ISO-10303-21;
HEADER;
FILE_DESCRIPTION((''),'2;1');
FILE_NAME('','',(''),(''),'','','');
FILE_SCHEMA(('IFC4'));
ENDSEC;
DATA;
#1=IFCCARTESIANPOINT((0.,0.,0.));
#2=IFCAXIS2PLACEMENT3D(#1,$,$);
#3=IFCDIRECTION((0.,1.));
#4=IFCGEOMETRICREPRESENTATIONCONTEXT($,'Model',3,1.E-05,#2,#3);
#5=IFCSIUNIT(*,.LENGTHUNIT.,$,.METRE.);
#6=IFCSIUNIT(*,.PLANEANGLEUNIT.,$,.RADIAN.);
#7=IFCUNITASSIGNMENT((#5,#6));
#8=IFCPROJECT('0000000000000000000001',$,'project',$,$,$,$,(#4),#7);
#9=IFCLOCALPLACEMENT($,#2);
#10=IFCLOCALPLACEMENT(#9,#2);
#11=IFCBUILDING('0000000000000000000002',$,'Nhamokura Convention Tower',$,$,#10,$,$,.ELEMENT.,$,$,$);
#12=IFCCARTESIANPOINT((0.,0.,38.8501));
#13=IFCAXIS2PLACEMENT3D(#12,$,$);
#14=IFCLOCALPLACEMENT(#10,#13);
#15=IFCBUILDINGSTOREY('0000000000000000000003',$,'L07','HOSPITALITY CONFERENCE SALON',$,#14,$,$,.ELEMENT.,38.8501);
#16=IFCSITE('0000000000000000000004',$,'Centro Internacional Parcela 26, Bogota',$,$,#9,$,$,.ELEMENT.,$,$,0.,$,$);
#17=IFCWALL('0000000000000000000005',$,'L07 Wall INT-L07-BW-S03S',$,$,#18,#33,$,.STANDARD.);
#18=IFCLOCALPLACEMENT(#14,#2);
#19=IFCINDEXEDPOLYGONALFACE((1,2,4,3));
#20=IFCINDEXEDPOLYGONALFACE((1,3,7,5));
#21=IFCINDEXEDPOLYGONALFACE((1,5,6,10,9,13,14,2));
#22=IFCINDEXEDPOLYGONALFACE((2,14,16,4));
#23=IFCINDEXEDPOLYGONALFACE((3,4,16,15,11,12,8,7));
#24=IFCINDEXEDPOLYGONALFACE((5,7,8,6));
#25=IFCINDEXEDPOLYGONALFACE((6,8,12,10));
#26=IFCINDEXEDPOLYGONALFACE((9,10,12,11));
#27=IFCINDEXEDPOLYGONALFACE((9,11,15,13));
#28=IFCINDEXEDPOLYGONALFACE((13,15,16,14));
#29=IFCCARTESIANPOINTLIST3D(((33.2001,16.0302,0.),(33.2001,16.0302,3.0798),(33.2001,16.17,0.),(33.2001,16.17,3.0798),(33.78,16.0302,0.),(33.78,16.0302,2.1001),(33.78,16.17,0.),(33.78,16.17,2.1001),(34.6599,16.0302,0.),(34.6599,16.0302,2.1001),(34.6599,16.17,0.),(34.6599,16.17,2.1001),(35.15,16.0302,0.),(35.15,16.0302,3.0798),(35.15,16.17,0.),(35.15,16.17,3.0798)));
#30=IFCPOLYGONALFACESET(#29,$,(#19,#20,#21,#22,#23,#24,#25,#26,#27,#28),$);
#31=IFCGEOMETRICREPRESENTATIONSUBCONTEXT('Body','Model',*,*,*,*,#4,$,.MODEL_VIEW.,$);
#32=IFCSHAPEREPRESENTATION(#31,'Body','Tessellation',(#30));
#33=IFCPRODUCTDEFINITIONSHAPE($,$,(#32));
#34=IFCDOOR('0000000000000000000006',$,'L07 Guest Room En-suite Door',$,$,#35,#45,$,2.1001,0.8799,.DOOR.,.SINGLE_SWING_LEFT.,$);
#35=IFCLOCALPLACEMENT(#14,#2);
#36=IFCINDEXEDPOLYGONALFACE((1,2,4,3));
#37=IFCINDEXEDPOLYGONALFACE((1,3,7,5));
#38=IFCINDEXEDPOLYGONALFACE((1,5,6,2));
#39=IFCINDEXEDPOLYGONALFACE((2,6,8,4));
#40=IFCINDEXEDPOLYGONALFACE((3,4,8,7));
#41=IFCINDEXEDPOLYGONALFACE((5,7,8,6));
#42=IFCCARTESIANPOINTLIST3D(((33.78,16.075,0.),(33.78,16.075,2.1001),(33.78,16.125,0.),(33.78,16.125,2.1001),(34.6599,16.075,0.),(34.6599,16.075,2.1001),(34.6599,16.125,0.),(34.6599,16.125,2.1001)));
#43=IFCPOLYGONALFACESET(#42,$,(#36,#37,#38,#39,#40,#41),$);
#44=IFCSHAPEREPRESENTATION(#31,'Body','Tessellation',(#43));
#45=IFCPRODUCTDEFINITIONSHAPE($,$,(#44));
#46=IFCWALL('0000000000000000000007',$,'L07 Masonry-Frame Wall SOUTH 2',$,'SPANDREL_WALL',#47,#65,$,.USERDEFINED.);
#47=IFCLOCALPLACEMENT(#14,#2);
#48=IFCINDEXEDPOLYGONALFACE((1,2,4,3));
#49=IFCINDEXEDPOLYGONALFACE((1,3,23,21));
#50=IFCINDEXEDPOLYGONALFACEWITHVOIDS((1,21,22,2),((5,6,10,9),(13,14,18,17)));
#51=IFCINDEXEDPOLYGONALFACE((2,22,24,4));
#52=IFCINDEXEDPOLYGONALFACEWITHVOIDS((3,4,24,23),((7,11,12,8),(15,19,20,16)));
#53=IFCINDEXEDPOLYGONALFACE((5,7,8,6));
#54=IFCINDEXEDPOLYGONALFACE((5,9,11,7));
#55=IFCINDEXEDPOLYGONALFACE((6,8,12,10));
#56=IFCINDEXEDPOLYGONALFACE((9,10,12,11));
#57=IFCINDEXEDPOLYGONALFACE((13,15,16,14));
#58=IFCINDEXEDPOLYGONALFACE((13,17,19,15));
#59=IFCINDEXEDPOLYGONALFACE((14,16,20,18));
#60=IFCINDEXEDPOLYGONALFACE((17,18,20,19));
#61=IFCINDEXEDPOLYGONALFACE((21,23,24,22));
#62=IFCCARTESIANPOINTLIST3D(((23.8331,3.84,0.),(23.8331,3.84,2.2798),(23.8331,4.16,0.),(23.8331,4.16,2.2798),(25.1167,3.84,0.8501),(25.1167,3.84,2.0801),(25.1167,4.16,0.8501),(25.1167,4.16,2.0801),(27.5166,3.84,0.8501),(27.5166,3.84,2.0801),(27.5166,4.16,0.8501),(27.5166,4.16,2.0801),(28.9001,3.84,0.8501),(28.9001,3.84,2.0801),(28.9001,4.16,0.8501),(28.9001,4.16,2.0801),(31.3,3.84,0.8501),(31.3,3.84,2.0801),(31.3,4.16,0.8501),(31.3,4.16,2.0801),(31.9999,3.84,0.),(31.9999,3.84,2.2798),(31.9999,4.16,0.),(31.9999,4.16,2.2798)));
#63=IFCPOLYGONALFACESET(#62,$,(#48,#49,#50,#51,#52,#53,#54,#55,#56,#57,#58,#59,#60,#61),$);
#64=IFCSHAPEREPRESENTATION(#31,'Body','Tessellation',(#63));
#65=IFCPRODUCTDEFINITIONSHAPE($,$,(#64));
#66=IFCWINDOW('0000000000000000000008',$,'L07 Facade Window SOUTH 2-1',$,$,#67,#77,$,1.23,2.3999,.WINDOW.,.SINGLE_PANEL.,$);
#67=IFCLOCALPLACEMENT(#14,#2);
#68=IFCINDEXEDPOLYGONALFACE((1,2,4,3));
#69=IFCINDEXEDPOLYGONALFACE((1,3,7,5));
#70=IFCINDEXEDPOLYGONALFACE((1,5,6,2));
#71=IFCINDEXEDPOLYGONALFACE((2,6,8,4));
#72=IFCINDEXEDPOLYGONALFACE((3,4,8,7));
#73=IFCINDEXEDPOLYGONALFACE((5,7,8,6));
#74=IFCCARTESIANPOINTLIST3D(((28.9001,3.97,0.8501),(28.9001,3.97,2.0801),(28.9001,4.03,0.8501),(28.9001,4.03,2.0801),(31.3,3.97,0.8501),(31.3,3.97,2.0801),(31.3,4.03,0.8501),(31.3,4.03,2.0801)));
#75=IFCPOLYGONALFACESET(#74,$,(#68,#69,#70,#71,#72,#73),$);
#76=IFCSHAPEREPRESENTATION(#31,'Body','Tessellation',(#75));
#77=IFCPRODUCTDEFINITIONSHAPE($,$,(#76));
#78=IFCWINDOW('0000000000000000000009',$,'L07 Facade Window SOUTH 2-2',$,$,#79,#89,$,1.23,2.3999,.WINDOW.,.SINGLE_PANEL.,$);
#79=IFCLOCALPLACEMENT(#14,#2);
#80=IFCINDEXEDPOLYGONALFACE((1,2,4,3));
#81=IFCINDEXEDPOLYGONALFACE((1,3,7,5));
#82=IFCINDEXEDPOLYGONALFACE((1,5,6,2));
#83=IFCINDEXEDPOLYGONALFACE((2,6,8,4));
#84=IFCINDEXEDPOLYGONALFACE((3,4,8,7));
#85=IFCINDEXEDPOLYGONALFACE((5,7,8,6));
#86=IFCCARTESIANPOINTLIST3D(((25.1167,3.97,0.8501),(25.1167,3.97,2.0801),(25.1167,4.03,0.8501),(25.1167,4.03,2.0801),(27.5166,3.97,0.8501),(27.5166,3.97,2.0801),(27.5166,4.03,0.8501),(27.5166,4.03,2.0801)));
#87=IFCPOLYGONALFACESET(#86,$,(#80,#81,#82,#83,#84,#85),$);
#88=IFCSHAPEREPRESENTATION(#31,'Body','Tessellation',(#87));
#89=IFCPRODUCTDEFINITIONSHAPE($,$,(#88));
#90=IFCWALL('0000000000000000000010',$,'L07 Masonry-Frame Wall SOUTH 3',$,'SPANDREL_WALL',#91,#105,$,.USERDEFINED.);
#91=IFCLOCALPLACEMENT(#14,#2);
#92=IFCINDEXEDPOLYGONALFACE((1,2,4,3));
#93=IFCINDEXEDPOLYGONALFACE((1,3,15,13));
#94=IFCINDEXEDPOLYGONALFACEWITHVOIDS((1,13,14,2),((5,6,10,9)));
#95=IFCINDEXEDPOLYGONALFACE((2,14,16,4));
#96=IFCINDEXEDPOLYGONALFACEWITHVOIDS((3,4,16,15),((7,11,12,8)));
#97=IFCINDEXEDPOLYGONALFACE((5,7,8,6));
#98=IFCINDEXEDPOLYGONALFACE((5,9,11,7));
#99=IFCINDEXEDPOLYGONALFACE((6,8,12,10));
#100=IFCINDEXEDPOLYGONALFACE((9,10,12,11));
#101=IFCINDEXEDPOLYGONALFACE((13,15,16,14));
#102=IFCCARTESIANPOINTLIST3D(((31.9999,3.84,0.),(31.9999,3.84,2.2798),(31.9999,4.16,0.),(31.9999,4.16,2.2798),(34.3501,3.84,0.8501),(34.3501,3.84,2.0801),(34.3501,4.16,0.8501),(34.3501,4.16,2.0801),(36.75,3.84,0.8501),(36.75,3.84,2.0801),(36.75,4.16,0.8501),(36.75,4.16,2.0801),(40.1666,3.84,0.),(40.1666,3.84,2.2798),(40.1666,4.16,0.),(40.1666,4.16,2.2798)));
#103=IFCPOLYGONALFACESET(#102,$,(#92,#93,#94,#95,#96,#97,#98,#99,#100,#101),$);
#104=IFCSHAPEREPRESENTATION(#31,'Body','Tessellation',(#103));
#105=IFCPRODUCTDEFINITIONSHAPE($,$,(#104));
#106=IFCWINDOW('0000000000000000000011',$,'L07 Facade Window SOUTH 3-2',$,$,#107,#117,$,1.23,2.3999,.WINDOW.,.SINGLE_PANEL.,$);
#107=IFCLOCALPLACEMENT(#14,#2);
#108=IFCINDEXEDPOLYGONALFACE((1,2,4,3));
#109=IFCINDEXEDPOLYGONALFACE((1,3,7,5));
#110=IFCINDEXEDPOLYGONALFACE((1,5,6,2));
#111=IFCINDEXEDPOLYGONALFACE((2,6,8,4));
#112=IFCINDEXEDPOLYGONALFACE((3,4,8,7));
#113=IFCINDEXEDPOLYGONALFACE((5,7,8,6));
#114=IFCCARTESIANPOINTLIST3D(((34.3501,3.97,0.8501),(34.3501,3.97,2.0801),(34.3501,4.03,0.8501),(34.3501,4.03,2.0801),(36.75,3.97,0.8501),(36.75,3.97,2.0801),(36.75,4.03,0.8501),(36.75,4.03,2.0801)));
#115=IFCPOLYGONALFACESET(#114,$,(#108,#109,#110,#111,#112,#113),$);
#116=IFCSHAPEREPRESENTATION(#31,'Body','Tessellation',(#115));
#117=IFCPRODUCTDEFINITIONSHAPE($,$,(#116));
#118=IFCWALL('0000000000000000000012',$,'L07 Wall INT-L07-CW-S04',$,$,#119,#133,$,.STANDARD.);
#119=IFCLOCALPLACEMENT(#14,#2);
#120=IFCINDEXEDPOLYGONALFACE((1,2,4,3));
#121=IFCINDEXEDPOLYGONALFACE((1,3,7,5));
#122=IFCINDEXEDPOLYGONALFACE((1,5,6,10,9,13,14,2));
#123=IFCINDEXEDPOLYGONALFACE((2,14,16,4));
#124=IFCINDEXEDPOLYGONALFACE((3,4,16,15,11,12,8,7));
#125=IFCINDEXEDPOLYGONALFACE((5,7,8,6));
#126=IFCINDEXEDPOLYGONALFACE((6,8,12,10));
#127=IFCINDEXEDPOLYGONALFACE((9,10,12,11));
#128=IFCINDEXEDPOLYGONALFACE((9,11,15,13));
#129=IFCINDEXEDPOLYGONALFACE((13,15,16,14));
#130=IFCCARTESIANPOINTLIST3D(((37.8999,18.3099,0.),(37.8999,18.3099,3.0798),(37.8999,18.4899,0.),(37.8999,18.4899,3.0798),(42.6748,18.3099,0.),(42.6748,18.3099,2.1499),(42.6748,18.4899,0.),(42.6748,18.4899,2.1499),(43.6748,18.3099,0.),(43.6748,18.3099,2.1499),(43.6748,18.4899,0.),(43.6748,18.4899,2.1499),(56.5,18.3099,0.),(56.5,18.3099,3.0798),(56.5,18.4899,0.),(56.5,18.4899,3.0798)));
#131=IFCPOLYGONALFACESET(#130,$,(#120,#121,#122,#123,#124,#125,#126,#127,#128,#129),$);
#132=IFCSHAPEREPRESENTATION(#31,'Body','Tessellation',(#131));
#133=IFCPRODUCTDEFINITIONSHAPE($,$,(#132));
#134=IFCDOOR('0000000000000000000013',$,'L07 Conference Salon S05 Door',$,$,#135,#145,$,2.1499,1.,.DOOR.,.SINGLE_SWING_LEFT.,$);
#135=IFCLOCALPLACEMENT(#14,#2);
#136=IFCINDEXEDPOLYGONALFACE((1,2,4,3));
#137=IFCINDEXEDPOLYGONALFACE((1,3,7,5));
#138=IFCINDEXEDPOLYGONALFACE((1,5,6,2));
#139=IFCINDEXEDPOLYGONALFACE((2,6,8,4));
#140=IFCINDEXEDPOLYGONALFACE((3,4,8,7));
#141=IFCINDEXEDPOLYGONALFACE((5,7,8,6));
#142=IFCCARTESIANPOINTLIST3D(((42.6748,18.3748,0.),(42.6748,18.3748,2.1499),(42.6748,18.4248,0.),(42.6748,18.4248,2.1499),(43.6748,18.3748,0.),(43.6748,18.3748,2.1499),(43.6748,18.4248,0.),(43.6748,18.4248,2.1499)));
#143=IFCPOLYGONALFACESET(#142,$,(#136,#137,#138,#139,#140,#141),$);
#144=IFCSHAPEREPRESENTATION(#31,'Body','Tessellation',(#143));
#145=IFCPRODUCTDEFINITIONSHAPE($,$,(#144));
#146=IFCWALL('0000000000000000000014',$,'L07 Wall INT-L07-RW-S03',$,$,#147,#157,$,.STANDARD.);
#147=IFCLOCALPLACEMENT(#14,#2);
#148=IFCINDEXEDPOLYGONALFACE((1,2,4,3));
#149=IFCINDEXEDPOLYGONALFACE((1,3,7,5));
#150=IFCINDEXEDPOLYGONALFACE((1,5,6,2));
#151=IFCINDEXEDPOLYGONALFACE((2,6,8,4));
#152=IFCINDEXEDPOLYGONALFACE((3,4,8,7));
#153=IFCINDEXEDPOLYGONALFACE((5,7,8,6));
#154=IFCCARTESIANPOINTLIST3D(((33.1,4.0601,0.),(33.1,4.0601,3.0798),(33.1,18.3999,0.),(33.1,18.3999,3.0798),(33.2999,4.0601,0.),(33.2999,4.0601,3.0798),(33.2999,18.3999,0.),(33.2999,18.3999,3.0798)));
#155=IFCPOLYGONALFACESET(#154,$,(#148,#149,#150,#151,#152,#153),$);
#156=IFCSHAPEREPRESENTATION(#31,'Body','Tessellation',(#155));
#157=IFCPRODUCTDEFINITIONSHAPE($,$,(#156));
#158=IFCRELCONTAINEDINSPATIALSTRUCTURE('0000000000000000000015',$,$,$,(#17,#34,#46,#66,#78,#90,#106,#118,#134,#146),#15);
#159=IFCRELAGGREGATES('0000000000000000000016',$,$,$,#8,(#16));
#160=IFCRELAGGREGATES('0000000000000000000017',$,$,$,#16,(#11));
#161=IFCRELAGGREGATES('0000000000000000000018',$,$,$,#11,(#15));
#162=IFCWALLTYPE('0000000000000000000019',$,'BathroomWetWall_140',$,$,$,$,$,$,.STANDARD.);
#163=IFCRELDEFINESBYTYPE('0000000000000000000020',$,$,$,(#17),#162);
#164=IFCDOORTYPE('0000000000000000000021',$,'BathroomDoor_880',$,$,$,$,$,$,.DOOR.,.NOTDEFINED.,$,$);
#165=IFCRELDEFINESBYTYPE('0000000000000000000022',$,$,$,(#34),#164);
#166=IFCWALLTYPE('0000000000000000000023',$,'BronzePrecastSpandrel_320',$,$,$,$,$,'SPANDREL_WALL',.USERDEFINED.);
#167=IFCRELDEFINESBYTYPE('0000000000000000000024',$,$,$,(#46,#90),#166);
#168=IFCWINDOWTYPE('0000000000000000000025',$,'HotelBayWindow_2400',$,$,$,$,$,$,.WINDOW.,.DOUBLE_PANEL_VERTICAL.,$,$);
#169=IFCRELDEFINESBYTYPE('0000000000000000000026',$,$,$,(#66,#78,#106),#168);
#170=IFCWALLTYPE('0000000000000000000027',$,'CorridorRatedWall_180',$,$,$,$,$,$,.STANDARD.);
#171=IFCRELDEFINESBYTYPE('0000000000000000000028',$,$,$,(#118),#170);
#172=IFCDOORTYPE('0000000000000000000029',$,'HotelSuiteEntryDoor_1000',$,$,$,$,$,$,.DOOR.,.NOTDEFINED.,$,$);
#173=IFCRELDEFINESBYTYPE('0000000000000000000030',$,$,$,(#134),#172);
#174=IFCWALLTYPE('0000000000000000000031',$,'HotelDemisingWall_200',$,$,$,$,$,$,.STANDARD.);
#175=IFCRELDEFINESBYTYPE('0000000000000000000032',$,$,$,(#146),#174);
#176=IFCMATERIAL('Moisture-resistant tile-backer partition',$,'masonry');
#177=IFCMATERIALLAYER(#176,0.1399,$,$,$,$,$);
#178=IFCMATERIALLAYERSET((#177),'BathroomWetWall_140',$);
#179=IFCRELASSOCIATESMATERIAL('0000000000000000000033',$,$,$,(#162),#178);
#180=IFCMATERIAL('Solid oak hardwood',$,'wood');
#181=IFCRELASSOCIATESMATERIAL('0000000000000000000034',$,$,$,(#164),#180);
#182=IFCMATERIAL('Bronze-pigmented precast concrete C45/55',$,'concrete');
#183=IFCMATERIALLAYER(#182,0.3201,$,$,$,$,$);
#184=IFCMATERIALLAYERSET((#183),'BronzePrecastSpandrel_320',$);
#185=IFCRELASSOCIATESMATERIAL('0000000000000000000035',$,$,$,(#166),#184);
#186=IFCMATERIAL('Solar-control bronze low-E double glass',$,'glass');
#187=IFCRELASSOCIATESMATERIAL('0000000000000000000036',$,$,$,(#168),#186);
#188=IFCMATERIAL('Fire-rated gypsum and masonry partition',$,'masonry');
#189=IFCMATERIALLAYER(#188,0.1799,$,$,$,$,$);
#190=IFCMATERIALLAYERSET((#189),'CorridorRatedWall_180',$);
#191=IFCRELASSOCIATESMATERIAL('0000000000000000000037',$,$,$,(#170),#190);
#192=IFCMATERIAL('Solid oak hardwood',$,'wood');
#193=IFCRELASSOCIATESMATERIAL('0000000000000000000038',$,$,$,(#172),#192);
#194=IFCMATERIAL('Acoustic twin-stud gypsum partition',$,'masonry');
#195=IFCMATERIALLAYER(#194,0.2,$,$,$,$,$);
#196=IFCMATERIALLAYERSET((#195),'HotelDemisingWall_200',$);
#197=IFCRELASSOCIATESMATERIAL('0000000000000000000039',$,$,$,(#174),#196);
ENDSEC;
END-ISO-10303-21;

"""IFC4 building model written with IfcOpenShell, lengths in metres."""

from ifc_helpers import new_model, si_unit, direction, frame, frame_2d, origin, place, context, subcontext, project, spatial, rectangle, extrude, material, layer, layer_set, type_object, element, fill, save


model = new_model("IFC4")

# Units and contexts
model_context = context("Model", 3, precision=1e-05, world=origin(), true_north=direction((0.0, 1.0)))
body_context = subcontext(model_context, "Body", "Model", "MODEL_VIEW")
ifc_project = project(units=[si_unit("LENGTHUNIT", "METRE"), si_unit("PLANEANGLEUNIT", "RADIAN")], contexts=[model_context])

# Site, building, storey
site_placement = place(None, origin())
site = spatial("IfcSite", under=ifc_project, at=site_placement, Name="Centro Internacional Parcela 26, Bogota", CompositionType="ELEMENT", RefElevation=0.0)
building_placement = place(site_placement, origin())
building = spatial("IfcBuilding", under=site, at=building_placement, Name="Nhamokura Convention Tower", CompositionType="ELEMENT")
storey_placement = place(building_placement, frame((0.0, 0.0, 38.8501)))
storey = spatial("IfcBuildingStorey", under=building, at=storey_placement, Name="L07", Description="HOSPITALITY CONFERENCE SALON", CompositionType="ELEMENT", Elevation=38.8501)

# Shared definitions
ifc_material_1 = material(Name="Moisture-resistant tile-backer partition", Category="masonry")
ifc_layer_1 = layer(ifc_material_1, 0.1399)
ifc_layer_set_1 = layer_set([ifc_layer_1], Name="BathroomWetWall_140")
wall_type_1 = type_object("IfcWallType", Name="BathroomWetWall_140", PredefinedType="STANDARD", material=ifc_layer_set_1)

# Wall, opening, door
wall_1_placement = place(storey_placement, frame((33.2, 16.1001, 0.0), z_axis=(0.0, 0.0, 1.0), x_axis=(1.0, 0.0, 0.0)))
wall_1 = element("IfcWall", 1, at=wall_1_placement, inside=storey, type_object=wall_type_1, Name="L07 Wall INT-L07-BW-S03S", PredefinedType="STANDARD", context=body_context, shape_type="SweptSolid", body=[
    extrude(rectangle(XDim=1.95, YDim=0.1399, at=frame_2d((0.9751, 0.0))), origin(), (0.0, 0.0, 1.0), 3.0798),
])
opening_1_placement = place(wall_1_placement, frame((0.5801, 0.0, 0.0)))
opening_1 = element("IfcOpeningElement", 2, at=opening_1_placement, cuts=wall_1, PredefinedType="OPENING", context=body_context, shape_type="SweptSolid", body=[
    extrude(rectangle(XDim=0.8799, YDim=2.1001, at=frame_2d((0.4399, 1.05))), frame((0.0, 0.0798, 0.0), z_axis=(0.0, -1.0, 0.0), x_axis=(1.0, 0.0, 0.0)), (0.0, 0.0, 1.0), 0.1599),
])
ifc_material_2 = material(Name="Solid oak hardwood", Category="wood")
door_type_1 = type_object("IfcDoorType", Name="BathroomDoor_880", OperationType="NOTDEFINED", PredefinedType="DOOR", material=ifc_material_2)
door_1_placement = place(opening_1_placement, origin())
door_1 = element("IfcDoor", 3, at=door_1_placement, inside=storey, type_object=door_type_1, Name="L07 Guest Room En-suite Door", OperationType="SINGLE_SWING_LEFT", OverallHeight=2.1001, OverallWidth=0.8799, PredefinedType="DOOR", context=body_context, shape_type="SweptSolid", body=[
    extrude(rectangle(XDim=0.8799, YDim=2.1001, at=frame_2d((0.4399, 1.05))), frame((0.0, 0.0249, 0.0), z_axis=(0.0, -1.0, 0.0), x_axis=(1.0, 0.0, 0.0)), (0.0, 0.0, 1.0), 0.05),
])
fill(opening_1, door_1)

# Wall, openings, windows
ifc_material_3 = material(Name="Bronze-pigmented precast concrete C45/55", Category="concrete")
ifc_layer_2 = layer(ifc_material_3, 0.3201)
ifc_layer_set_2 = layer_set([ifc_layer_2], Name="BronzePrecastSpandrel_320")
wall_type_2 = type_object("IfcWallType", Name="BronzePrecastSpandrel_320", ElementType="SPANDREL_WALL", PredefinedType="USERDEFINED", material=ifc_layer_set_2)
wall_2_placement = place(storey_placement, frame((32.0, 4.0, 0.0), z_axis=(0.0, 0.0, 1.0), x_axis=(-1.0, 0.0, 0.0)))
wall_2 = element("IfcWall", 4, at=wall_2_placement, inside=storey, type_object=wall_type_2, Name="L07 Masonry-Frame Wall SOUTH 2", ObjectType="SPANDREL_WALL", PredefinedType="USERDEFINED", context=body_context, shape_type="SweptSolid", body=[
    extrude(rectangle(XDim=8.1667, YDim=0.3201, at=frame_2d((4.0835, 0.0))), origin(), (0.0, 0.0, 1.0), 2.2798),
])
opening_2_placement = place(wall_2_placement, frame((0.7, 0.0, 0.8501)))
opening_2 = element("IfcOpeningElement", 5, at=opening_2_placement, cuts=wall_2, PredefinedType="OPENING", context=body_context, shape_type="SweptSolid", body=[
    extrude(rectangle(XDim=2.3999, YDim=1.23, at=frame_2d((1.2, 0.615))), frame((0.0, 0.1699, 0.0), z_axis=(0.0, -1.0, 0.0), x_axis=(1.0, 0.0, 0.0)), (0.0, 0.0, 1.0), 0.3401),
])
opening_3_placement = place(wall_2_placement, frame((4.4834, 0.0, 0.8501)))
opening_3 = element("IfcOpeningElement", 6, at=opening_3_placement, cuts=wall_2, PredefinedType="OPENING", context=body_context, shape_type="SweptSolid", body=[
    extrude(rectangle(XDim=2.3999, YDim=1.23, at=frame_2d((1.2, 0.615))), frame((0.0, 0.1699, 0.0), z_axis=(0.0, -1.0, 0.0), x_axis=(1.0, 0.0, 0.0)), (0.0, 0.0, 1.0), 0.3401),
])
ifc_material_4 = material(Name="Solar-control bronze low-E double glass", Category="glass")
window_type = type_object("IfcWindowType", Name="HotelBayWindow_2400", PartitioningType="DOUBLE_PANEL_VERTICAL", PredefinedType="WINDOW", material=ifc_material_4)
window_1_placement = place(opening_2_placement, origin())
window_1 = element("IfcWindow", 7, at=window_1_placement, inside=storey, type_object=window_type, Name="L07 Facade Window SOUTH 2-1", OverallHeight=1.23, OverallWidth=2.3999, PartitioningType="SINGLE_PANEL", PredefinedType="WINDOW", context=body_context, shape_type="SweptSolid", body=[
    extrude(rectangle(XDim=2.3999, YDim=1.23, at=frame_2d((1.2, 0.615))), frame((0.0, 0.03, 0.0), z_axis=(0.0, -1.0, 0.0), x_axis=(1.0, 0.0, 0.0)), (0.0, 0.0, 1.0), 0.0601),
])
fill(opening_2, window_1)
window_2_placement = place(opening_3_placement, origin())
window_2 = element("IfcWindow", 8, at=window_2_placement, inside=storey, type_object=window_type, Name="L07 Facade Window SOUTH 2-2", OverallHeight=1.23, OverallWidth=2.3999, PartitioningType="SINGLE_PANEL", PredefinedType="WINDOW", context=body_context, shape_type="SweptSolid", body=[
    extrude(rectangle(XDim=2.3999, YDim=1.23, at=frame_2d((1.2, 0.615))), frame((0.0, 0.03, 0.0), z_axis=(0.0, -1.0, 0.0), x_axis=(1.0, 0.0, 0.0)), (0.0, 0.0, 1.0), 0.0601),
])
fill(opening_3, window_2)

# Wall, opening, window
wall_3_placement = place(storey_placement, frame((40.1667, 4.0, 0.0), z_axis=(0.0, 0.0, 1.0), x_axis=(-1.0, 0.0, 0.0)))
wall_3 = element("IfcWall", 9, at=wall_3_placement, inside=storey, type_object=wall_type_2, Name="L07 Masonry-Frame Wall SOUTH 3", ObjectType="SPANDREL_WALL", PredefinedType="USERDEFINED", context=body_context, shape_type="SweptSolid", body=[
    extrude(rectangle(XDim=8.1667, YDim=0.3201, at=frame_2d((4.0835, 0.0))), origin(), (0.0, 0.0, 1.0), 2.2798),
])
opening_4_placement = place(wall_3_placement, frame((3.4167, 0.0, 0.8501)))
opening_4 = element("IfcOpeningElement", 10, at=opening_4_placement, cuts=wall_3, PredefinedType="OPENING", context=body_context, shape_type="SweptSolid", body=[
    extrude(rectangle(XDim=2.3999, YDim=1.23, at=frame_2d((1.2, 0.615))), frame((0.0, 0.1699, 0.0), z_axis=(0.0, -1.0, 0.0), x_axis=(1.0, 0.0, 0.0)), (0.0, 0.0, 1.0), 0.3401),
])
window_3_placement = place(opening_4_placement, origin())
window_3 = element("IfcWindow", 11, at=window_3_placement, inside=storey, type_object=window_type, Name="L07 Facade Window SOUTH 3-2", OverallHeight=1.23, OverallWidth=2.3999, PartitioningType="SINGLE_PANEL", PredefinedType="WINDOW", context=body_context, shape_type="SweptSolid", body=[
    extrude(rectangle(XDim=2.3999, YDim=1.23, at=frame_2d((1.2, 0.615))), frame((0.0, 0.03, 0.0), z_axis=(0.0, -1.0, 0.0), x_axis=(1.0, 0.0, 0.0)), (0.0, 0.0, 1.0), 0.0601),
])
fill(opening_4, window_3)

# Wall, opening, door
ifc_material_5 = material(Name="Fire-rated gypsum and masonry partition", Category="masonry")
ifc_layer_3 = layer(ifc_material_5, 0.1799)
ifc_layer_set_3 = layer_set([ifc_layer_3], Name="CorridorRatedWall_180")
wall_type_3 = type_object("IfcWallType", Name="CorridorRatedWall_180", PredefinedType="STANDARD", material=ifc_layer_set_3)
ifc_material_6 = material(Name="Solid oak hardwood", Category="wood")
door_type_2 = type_object("IfcDoorType", Name="HotelSuiteEntryDoor_1000", OperationType="NOTDEFINED", PredefinedType="DOOR", material=ifc_material_6)
wall_4_placement = place(storey_placement, frame((37.8999, 18.3999, 0.0), z_axis=(0.0, 0.0, 1.0), x_axis=(1.0, 0.0, 0.0)))
wall_4 = element("IfcWall", 12, at=wall_4_placement, inside=storey, type_object=wall_type_3, Name="L07 Wall INT-L07-CW-S04", PredefinedType="STANDARD", context=body_context, shape_type="SweptSolid", body=[
    extrude(rectangle(XDim=18.6001, YDim=0.1799, at=frame_2d((9.3, 0.0))), origin(), (0.0, 0.0, 1.0), 3.0798),
])
opening_5_placement = place(wall_4_placement, frame((4.7749, 0.0, 0.0)))
opening_5 = element("IfcOpeningElement", 13, at=opening_5_placement, cuts=wall_4, PredefinedType="OPENING", context=body_context, shape_type="SweptSolid", body=[
    extrude(rectangle(XDim=1.0, YDim=2.1499, at=frame_2d((0.5, 1.075))), frame((0.0, 0.0999, 0.0), z_axis=(0.0, -1.0, 0.0), x_axis=(1.0, 0.0, 0.0)), (0.0, 0.0, 1.0), 0.2),
])
door_2_placement = place(opening_5_placement, origin())
door_2 = element("IfcDoor", 14, at=door_2_placement, inside=storey, type_object=door_type_2, Name="L07 Conference Salon S05 Door", OperationType="SINGLE_SWING_LEFT", OverallHeight=2.1499, OverallWidth=1.0, PredefinedType="DOOR", context=body_context, shape_type="SweptSolid", body=[
    extrude(rectangle(XDim=1.0, YDim=2.1499, at=frame_2d((0.5, 1.075))), frame((0.0, 0.0249, 0.0), z_axis=(0.0, -1.0, 0.0), x_axis=(1.0, 0.0, 0.0)), (0.0, 0.0, 1.0), 0.05),
])
fill(opening_5, door_2)

# Wall
ifc_material_7 = material(Name="Acoustic twin-stud gypsum partition", Category="masonry")
ifc_layer_4 = layer(ifc_material_7, 0.2)
ifc_layer_set_4 = layer_set([ifc_layer_4], Name="HotelDemisingWall_200")
wall_type_4 = type_object("IfcWallType", Name="HotelDemisingWall_200", PredefinedType="STANDARD", material=ifc_layer_set_4)
for number, where, z_axis, x_axis, name in (
    (15, (33.2, 4.0601, 0.0), (0.0, 0.0, 1.0), (0.0, 1.0, 0.0), "L07 Wall INT-L07-RW-S03"),
):
    element("IfcWall", number, at=place(storey_placement, frame(where, z_axis=z_axis, x_axis=x_axis)), inside=storey, type_object=wall_type_4, Name=name, PredefinedType="STANDARD", context=body_context, shape_type="SweptSolid", body=[
        extrude(rectangle(XDim=14.3398, YDim=0.2, at=frame_2d((7.1699, 0.0))), origin(), (0.0, 0.0, 1.0), 3.0798),
    ])

save(model, "model.ifc")
